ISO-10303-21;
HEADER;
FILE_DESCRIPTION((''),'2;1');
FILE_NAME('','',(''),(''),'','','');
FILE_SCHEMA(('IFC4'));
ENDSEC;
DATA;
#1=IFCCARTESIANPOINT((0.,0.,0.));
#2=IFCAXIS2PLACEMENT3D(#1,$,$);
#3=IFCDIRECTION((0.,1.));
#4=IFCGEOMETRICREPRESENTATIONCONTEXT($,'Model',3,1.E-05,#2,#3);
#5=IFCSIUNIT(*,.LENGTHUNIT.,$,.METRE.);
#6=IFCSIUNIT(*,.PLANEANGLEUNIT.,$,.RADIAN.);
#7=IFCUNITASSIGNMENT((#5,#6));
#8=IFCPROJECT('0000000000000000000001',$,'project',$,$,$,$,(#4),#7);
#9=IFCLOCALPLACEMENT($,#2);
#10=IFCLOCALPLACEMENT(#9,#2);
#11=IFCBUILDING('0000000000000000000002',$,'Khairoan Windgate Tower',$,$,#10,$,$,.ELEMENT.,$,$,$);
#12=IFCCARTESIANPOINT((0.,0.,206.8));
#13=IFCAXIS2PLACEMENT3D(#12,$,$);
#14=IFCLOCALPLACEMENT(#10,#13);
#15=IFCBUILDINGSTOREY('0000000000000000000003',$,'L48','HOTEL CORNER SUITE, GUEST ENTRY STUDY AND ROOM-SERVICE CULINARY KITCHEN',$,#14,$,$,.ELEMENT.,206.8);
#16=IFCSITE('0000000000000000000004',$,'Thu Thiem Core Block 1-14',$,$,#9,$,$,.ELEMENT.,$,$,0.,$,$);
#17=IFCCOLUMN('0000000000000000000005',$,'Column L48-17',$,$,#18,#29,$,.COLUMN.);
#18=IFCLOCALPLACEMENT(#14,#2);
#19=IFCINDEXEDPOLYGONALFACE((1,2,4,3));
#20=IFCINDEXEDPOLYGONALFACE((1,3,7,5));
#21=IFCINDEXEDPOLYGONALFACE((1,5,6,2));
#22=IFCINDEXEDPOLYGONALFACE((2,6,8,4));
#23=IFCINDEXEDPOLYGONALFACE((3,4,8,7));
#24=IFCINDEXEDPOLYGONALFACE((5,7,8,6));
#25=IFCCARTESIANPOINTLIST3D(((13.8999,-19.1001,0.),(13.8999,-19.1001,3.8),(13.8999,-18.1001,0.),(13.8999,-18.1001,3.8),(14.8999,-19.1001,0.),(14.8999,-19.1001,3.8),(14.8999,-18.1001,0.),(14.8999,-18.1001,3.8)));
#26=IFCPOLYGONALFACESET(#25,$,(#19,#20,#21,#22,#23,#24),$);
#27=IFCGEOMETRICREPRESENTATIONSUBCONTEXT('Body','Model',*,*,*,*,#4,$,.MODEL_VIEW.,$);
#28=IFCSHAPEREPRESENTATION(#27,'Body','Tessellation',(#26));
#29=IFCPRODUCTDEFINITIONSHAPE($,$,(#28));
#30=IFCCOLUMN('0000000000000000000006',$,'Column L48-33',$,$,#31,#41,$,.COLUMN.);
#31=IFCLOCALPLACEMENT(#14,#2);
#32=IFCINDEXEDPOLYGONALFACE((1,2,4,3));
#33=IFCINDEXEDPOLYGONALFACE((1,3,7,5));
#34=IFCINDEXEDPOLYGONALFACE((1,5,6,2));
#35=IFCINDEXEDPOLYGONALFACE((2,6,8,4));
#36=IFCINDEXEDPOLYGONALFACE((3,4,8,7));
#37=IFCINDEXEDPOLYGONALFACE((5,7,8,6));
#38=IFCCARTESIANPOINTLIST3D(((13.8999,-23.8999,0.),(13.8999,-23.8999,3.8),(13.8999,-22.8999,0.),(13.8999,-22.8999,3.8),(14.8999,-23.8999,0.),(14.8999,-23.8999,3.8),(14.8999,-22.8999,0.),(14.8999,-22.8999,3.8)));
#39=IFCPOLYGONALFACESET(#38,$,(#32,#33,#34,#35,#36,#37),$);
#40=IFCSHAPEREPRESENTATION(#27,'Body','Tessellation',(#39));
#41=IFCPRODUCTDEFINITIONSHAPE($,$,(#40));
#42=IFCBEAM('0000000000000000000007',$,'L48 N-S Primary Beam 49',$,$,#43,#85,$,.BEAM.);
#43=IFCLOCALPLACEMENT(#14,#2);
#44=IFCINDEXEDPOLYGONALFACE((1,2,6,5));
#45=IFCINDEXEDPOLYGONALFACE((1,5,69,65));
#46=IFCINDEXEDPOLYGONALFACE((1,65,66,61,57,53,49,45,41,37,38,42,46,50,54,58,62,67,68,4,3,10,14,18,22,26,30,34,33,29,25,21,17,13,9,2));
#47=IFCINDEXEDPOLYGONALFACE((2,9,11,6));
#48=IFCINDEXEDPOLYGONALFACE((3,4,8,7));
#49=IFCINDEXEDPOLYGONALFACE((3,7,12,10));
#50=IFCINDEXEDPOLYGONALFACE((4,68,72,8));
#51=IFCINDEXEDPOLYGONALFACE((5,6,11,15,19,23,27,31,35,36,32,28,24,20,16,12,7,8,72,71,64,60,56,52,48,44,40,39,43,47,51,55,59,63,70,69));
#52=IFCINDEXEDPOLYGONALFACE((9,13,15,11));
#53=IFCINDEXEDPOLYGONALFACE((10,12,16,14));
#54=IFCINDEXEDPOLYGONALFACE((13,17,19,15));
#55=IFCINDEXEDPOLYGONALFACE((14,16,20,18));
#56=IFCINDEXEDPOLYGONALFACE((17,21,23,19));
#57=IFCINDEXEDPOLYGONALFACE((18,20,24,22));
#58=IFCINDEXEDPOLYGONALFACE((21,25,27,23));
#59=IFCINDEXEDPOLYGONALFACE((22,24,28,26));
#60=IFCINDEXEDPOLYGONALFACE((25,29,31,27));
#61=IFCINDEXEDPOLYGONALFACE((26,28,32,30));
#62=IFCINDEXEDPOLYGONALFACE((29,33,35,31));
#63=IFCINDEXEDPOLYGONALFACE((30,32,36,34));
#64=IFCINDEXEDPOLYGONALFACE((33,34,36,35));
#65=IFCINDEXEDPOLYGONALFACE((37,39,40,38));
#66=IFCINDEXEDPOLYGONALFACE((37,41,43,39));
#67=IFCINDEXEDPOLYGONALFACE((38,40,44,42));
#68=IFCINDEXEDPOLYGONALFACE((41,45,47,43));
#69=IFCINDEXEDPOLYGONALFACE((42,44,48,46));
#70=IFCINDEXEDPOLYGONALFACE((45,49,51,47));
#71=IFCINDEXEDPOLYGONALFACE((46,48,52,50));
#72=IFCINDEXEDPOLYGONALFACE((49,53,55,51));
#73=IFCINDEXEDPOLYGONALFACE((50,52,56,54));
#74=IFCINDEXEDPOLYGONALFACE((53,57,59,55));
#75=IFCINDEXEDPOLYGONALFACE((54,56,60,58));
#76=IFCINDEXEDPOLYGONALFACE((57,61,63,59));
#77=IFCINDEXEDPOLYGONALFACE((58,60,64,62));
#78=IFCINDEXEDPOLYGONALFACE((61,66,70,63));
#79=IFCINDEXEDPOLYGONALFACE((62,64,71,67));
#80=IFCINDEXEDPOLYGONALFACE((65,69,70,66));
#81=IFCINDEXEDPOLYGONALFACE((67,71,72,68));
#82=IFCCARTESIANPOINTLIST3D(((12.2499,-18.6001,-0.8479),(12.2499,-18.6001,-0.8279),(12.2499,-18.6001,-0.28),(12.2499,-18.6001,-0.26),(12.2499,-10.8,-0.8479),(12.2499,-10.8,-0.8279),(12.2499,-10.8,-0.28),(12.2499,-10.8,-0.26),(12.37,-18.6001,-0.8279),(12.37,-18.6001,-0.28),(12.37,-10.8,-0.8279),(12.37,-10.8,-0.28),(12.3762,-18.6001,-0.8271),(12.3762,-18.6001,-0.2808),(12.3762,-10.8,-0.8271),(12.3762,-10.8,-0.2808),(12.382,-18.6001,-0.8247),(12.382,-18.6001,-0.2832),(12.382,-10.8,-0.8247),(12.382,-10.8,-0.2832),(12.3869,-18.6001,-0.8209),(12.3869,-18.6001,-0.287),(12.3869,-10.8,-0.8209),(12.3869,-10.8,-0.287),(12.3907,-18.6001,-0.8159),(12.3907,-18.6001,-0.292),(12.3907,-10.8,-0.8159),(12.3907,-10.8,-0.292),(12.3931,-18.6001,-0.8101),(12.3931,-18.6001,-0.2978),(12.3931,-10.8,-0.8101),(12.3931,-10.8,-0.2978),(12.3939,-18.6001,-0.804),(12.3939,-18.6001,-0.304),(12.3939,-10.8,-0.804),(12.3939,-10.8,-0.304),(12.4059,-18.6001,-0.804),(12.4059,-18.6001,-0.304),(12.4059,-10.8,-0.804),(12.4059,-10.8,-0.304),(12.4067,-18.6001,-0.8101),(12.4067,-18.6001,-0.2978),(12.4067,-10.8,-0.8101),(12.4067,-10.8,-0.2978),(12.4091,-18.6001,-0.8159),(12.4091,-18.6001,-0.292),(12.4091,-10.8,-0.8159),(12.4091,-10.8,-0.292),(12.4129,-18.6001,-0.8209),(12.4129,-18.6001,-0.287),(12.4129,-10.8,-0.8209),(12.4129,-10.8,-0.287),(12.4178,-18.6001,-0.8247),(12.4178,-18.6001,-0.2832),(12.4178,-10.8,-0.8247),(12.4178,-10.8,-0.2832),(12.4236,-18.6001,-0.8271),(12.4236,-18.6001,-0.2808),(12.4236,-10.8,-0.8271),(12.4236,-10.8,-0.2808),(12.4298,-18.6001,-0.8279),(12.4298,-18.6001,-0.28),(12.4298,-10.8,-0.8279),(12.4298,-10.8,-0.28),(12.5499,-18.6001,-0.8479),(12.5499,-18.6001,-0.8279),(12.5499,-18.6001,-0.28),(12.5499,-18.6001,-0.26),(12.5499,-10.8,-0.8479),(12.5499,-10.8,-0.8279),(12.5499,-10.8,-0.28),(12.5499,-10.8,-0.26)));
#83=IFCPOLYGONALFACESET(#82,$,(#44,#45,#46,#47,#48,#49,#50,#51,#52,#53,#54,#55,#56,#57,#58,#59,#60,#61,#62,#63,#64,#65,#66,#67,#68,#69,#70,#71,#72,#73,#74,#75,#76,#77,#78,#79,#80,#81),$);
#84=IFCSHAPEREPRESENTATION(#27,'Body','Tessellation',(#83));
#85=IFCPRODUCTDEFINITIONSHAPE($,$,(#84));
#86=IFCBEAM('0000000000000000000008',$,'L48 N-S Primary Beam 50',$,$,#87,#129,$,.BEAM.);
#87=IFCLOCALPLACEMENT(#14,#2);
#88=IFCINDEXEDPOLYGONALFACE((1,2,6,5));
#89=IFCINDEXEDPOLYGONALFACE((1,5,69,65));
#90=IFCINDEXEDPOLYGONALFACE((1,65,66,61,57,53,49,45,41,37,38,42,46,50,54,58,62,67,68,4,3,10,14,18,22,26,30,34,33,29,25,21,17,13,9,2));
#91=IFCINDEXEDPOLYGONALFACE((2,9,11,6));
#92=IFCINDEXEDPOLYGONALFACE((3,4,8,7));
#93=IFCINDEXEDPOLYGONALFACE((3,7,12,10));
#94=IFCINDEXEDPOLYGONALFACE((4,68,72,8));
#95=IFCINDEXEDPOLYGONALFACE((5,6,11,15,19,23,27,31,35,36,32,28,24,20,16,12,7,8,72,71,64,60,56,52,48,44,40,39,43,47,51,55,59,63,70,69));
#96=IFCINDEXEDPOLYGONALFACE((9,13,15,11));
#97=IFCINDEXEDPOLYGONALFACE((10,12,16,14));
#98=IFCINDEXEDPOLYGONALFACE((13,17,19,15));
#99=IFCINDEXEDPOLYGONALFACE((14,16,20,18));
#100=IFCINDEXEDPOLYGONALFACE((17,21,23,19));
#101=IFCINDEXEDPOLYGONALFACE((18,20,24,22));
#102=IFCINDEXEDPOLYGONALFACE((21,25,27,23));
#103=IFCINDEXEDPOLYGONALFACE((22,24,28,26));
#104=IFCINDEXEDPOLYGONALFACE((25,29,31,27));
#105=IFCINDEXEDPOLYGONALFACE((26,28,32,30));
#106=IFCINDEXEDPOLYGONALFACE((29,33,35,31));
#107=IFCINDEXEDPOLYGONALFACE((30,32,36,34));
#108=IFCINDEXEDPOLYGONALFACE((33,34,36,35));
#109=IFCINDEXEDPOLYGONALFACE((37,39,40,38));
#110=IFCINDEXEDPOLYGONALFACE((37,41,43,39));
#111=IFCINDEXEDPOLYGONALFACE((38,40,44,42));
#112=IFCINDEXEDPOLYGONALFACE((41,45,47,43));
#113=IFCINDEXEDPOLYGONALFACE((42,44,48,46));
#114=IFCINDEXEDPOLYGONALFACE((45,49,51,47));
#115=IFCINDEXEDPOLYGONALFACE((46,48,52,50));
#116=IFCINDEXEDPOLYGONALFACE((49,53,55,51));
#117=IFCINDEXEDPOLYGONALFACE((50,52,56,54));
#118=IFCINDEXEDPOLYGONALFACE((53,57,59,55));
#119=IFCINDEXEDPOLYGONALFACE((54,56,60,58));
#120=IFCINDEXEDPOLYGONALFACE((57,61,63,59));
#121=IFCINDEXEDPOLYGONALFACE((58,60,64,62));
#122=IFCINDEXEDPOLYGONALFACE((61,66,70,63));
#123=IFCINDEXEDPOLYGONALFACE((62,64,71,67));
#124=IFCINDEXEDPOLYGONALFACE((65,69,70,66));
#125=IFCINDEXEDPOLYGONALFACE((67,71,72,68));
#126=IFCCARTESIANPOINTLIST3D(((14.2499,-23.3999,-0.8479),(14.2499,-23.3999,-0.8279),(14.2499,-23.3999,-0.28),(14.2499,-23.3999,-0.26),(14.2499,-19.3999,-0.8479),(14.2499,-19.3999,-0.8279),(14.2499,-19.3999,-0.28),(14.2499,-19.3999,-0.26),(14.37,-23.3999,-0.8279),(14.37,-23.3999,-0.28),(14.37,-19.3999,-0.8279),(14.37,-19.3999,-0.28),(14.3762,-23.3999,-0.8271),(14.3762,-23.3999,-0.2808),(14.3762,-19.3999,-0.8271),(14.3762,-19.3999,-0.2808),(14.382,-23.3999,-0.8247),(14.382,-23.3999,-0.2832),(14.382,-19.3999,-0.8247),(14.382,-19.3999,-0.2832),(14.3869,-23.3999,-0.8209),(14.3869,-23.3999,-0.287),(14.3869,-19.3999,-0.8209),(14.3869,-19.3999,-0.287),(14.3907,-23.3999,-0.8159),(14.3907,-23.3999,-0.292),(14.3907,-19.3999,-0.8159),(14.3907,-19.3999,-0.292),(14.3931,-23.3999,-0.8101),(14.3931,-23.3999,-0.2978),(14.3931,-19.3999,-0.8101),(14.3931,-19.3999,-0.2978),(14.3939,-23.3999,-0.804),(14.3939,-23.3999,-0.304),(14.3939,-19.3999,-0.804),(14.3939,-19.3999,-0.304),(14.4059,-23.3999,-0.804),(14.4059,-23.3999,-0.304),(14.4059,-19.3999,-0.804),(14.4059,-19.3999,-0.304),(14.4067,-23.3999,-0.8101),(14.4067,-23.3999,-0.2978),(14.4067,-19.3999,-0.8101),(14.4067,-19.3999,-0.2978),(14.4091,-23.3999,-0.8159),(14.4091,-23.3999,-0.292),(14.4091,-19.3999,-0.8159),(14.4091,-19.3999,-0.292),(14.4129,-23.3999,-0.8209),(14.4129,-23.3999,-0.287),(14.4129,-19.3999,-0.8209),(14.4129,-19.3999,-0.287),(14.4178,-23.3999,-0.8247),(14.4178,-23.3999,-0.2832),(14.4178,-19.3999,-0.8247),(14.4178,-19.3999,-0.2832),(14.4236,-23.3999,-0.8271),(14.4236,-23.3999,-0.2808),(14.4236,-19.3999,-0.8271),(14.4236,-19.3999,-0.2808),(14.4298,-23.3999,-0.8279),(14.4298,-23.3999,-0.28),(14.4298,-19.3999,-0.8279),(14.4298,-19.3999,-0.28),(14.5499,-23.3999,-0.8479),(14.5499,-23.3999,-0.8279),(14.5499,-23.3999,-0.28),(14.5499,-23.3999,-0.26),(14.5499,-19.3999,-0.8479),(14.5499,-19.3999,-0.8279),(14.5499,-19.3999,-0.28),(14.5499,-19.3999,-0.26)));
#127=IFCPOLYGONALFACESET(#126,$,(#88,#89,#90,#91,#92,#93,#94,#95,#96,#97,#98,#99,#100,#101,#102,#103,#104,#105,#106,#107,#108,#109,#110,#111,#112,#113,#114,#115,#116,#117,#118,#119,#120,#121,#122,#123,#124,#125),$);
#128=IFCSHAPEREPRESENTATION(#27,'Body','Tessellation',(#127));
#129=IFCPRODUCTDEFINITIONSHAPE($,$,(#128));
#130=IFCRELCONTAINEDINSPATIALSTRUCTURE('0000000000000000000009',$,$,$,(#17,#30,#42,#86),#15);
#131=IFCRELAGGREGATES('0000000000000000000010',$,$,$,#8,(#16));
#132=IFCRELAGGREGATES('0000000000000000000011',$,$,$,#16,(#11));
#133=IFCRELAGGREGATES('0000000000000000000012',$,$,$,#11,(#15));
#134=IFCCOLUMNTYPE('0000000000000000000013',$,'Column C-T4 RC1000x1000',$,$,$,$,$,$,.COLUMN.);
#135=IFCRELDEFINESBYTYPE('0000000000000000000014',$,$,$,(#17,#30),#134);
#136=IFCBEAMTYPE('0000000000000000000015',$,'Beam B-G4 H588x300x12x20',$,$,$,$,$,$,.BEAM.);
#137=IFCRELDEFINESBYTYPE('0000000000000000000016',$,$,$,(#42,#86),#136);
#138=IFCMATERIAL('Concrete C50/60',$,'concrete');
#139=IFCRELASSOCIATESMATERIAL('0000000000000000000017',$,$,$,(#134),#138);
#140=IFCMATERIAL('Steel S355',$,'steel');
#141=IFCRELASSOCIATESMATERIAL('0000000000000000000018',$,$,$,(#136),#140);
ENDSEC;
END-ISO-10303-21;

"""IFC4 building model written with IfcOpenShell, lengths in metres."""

from ifc_helpers import new_model, si_unit, direction, frame, origin, origin_2d, place, context, subcontext, project, spatial, rectangle, i_section, extrude, material, material_profile, profile_set, type_object, element, save


model = new_model("IFC4")

# Units and contexts
model_context = context("Model", 3, precision=1e-05, world=origin(), true_north=direction((0.0, 1.0)))
body_context = subcontext(model_context, "Body", "Model", "MODEL_VIEW")
ifc_project = project(units=[si_unit("LENGTHUNIT", "METRE"), si_unit("PLANEANGLEUNIT", "RADIAN")], contexts=[model_context])

# Site, building, storey
site_placement = place(None, origin())
site = spatial("IfcSite", under=ifc_project, at=site_placement, Name="Thu Thiem Core Block 1-14", CompositionType="ELEMENT", RefElevation=0.0)
building_placement = place(site_placement, origin())
building = spatial("IfcBuilding", under=site, at=building_placement, Name="Khairoan Windgate Tower", CompositionType="ELEMENT")
storey_placement = place(building_placement, frame((0.0, 0.0, 206.8)))
storey = spatial("IfcBuildingStorey", under=building, at=storey_placement, Name="L48", Description="HOTEL CORNER SUITE, GUEST ENTRY STUDY AND ROOM-SERVICE CULINARY KITCHEN", CompositionType="ELEMENT", Elevation=206.8)

# Columns
ifc_material_1 = material(Name="Concrete C50/60", Category="concrete")
ifc_material_profile_1 = material_profile(ifc_material_1, rectangle(XDim=1.0, YDim=1.0, at=origin_2d()))
ifc_profile_set_1 = profile_set([ifc_material_profile_1], Name="Concrete C50/60")
column_type = type_object("IfcColumnType", Name="Column C-T4 RC1000x1000", PredefinedType="COLUMN", material=ifc_profile_set_1)
for number, where, z_axis, x_axis, name in (
    (1, (14.3999, -18.6001, 0.0), (0.0, 0.0, 1.0), (1.0, 0.0, 0.0), "Column L48-17"),
    (2, (14.3999, -23.3999, 0.0), (0.0, 0.0, 1.0), (1.0, 0.0, 0.0), "Column L48-33"),
):
    element("IfcColumn", number, at=place(storey_placement, frame(where, z_axis=z_axis, x_axis=x_axis)), inside=storey, type_object=column_type, Name=name, PredefinedType="COLUMN", context=body_context, shape_type="SweptSolid", body=[
        extrude(rectangle(XDim=1.0, YDim=1.0, at=origin_2d()), origin(), (0.0, 0.0, 1.0), 3.8),
    ])

# Beams
ifc_material_2 = material(Name="Steel S355", Category="steel")
ifc_material_profile_2 = material_profile(ifc_material_2, i_section(OverallWidth=0.3, OverallDepth=0.5879, WebThickness=0.012, FlangeThickness=0.02, FilletRadius=0.0239, at=origin_2d()))
ifc_profile_set_2 = profile_set([ifc_material_profile_2], Name="Steel S355")
beam_type = type_object("IfcBeamType", Name="Beam B-G4 H588x300x12x20", PredefinedType="BEAM", material=ifc_profile_set_2)
beam_1_placement = place(storey_placement, frame((12.3999, -18.6001, -0.554), z_axis=(0.0, 1.0, 0.0), x_axis=(-1.0, 0.0, 0.0)))
element("IfcBeam", 3, at=beam_1_placement, inside=storey, type_object=beam_type, Name="L48 N-S Primary Beam 49", PredefinedType="BEAM", context=body_context, shape_type="SweptSolid", body=[
    extrude(i_section(OverallWidth=0.3, OverallDepth=0.5879, WebThickness=0.012, FlangeThickness=0.02, FilletRadius=0.0239, at=origin_2d()), origin(), (0.0, 0.0, 1.0), 7.8),
])
beam_2_placement = place(storey_placement, frame((14.3999, -23.3999, -0.554), z_axis=(0.0, 1.0, 0.0), x_axis=(-1.0, 0.0, 0.0)))
element("IfcBeam", 4, at=beam_2_placement, inside=storey, type_object=beam_type, Name="L48 N-S Primary Beam 50", PredefinedType="BEAM", context=body_context, shape_type="SweptSolid", body=[
    extrude(i_section(OverallWidth=0.3, OverallDepth=0.5879, WebThickness=0.012, FlangeThickness=0.02, FilletRadius=0.0239, at=origin_2d()), origin(), (0.0, 0.0, 1.0), 4.0),
])

save(model, "model.ifc")
